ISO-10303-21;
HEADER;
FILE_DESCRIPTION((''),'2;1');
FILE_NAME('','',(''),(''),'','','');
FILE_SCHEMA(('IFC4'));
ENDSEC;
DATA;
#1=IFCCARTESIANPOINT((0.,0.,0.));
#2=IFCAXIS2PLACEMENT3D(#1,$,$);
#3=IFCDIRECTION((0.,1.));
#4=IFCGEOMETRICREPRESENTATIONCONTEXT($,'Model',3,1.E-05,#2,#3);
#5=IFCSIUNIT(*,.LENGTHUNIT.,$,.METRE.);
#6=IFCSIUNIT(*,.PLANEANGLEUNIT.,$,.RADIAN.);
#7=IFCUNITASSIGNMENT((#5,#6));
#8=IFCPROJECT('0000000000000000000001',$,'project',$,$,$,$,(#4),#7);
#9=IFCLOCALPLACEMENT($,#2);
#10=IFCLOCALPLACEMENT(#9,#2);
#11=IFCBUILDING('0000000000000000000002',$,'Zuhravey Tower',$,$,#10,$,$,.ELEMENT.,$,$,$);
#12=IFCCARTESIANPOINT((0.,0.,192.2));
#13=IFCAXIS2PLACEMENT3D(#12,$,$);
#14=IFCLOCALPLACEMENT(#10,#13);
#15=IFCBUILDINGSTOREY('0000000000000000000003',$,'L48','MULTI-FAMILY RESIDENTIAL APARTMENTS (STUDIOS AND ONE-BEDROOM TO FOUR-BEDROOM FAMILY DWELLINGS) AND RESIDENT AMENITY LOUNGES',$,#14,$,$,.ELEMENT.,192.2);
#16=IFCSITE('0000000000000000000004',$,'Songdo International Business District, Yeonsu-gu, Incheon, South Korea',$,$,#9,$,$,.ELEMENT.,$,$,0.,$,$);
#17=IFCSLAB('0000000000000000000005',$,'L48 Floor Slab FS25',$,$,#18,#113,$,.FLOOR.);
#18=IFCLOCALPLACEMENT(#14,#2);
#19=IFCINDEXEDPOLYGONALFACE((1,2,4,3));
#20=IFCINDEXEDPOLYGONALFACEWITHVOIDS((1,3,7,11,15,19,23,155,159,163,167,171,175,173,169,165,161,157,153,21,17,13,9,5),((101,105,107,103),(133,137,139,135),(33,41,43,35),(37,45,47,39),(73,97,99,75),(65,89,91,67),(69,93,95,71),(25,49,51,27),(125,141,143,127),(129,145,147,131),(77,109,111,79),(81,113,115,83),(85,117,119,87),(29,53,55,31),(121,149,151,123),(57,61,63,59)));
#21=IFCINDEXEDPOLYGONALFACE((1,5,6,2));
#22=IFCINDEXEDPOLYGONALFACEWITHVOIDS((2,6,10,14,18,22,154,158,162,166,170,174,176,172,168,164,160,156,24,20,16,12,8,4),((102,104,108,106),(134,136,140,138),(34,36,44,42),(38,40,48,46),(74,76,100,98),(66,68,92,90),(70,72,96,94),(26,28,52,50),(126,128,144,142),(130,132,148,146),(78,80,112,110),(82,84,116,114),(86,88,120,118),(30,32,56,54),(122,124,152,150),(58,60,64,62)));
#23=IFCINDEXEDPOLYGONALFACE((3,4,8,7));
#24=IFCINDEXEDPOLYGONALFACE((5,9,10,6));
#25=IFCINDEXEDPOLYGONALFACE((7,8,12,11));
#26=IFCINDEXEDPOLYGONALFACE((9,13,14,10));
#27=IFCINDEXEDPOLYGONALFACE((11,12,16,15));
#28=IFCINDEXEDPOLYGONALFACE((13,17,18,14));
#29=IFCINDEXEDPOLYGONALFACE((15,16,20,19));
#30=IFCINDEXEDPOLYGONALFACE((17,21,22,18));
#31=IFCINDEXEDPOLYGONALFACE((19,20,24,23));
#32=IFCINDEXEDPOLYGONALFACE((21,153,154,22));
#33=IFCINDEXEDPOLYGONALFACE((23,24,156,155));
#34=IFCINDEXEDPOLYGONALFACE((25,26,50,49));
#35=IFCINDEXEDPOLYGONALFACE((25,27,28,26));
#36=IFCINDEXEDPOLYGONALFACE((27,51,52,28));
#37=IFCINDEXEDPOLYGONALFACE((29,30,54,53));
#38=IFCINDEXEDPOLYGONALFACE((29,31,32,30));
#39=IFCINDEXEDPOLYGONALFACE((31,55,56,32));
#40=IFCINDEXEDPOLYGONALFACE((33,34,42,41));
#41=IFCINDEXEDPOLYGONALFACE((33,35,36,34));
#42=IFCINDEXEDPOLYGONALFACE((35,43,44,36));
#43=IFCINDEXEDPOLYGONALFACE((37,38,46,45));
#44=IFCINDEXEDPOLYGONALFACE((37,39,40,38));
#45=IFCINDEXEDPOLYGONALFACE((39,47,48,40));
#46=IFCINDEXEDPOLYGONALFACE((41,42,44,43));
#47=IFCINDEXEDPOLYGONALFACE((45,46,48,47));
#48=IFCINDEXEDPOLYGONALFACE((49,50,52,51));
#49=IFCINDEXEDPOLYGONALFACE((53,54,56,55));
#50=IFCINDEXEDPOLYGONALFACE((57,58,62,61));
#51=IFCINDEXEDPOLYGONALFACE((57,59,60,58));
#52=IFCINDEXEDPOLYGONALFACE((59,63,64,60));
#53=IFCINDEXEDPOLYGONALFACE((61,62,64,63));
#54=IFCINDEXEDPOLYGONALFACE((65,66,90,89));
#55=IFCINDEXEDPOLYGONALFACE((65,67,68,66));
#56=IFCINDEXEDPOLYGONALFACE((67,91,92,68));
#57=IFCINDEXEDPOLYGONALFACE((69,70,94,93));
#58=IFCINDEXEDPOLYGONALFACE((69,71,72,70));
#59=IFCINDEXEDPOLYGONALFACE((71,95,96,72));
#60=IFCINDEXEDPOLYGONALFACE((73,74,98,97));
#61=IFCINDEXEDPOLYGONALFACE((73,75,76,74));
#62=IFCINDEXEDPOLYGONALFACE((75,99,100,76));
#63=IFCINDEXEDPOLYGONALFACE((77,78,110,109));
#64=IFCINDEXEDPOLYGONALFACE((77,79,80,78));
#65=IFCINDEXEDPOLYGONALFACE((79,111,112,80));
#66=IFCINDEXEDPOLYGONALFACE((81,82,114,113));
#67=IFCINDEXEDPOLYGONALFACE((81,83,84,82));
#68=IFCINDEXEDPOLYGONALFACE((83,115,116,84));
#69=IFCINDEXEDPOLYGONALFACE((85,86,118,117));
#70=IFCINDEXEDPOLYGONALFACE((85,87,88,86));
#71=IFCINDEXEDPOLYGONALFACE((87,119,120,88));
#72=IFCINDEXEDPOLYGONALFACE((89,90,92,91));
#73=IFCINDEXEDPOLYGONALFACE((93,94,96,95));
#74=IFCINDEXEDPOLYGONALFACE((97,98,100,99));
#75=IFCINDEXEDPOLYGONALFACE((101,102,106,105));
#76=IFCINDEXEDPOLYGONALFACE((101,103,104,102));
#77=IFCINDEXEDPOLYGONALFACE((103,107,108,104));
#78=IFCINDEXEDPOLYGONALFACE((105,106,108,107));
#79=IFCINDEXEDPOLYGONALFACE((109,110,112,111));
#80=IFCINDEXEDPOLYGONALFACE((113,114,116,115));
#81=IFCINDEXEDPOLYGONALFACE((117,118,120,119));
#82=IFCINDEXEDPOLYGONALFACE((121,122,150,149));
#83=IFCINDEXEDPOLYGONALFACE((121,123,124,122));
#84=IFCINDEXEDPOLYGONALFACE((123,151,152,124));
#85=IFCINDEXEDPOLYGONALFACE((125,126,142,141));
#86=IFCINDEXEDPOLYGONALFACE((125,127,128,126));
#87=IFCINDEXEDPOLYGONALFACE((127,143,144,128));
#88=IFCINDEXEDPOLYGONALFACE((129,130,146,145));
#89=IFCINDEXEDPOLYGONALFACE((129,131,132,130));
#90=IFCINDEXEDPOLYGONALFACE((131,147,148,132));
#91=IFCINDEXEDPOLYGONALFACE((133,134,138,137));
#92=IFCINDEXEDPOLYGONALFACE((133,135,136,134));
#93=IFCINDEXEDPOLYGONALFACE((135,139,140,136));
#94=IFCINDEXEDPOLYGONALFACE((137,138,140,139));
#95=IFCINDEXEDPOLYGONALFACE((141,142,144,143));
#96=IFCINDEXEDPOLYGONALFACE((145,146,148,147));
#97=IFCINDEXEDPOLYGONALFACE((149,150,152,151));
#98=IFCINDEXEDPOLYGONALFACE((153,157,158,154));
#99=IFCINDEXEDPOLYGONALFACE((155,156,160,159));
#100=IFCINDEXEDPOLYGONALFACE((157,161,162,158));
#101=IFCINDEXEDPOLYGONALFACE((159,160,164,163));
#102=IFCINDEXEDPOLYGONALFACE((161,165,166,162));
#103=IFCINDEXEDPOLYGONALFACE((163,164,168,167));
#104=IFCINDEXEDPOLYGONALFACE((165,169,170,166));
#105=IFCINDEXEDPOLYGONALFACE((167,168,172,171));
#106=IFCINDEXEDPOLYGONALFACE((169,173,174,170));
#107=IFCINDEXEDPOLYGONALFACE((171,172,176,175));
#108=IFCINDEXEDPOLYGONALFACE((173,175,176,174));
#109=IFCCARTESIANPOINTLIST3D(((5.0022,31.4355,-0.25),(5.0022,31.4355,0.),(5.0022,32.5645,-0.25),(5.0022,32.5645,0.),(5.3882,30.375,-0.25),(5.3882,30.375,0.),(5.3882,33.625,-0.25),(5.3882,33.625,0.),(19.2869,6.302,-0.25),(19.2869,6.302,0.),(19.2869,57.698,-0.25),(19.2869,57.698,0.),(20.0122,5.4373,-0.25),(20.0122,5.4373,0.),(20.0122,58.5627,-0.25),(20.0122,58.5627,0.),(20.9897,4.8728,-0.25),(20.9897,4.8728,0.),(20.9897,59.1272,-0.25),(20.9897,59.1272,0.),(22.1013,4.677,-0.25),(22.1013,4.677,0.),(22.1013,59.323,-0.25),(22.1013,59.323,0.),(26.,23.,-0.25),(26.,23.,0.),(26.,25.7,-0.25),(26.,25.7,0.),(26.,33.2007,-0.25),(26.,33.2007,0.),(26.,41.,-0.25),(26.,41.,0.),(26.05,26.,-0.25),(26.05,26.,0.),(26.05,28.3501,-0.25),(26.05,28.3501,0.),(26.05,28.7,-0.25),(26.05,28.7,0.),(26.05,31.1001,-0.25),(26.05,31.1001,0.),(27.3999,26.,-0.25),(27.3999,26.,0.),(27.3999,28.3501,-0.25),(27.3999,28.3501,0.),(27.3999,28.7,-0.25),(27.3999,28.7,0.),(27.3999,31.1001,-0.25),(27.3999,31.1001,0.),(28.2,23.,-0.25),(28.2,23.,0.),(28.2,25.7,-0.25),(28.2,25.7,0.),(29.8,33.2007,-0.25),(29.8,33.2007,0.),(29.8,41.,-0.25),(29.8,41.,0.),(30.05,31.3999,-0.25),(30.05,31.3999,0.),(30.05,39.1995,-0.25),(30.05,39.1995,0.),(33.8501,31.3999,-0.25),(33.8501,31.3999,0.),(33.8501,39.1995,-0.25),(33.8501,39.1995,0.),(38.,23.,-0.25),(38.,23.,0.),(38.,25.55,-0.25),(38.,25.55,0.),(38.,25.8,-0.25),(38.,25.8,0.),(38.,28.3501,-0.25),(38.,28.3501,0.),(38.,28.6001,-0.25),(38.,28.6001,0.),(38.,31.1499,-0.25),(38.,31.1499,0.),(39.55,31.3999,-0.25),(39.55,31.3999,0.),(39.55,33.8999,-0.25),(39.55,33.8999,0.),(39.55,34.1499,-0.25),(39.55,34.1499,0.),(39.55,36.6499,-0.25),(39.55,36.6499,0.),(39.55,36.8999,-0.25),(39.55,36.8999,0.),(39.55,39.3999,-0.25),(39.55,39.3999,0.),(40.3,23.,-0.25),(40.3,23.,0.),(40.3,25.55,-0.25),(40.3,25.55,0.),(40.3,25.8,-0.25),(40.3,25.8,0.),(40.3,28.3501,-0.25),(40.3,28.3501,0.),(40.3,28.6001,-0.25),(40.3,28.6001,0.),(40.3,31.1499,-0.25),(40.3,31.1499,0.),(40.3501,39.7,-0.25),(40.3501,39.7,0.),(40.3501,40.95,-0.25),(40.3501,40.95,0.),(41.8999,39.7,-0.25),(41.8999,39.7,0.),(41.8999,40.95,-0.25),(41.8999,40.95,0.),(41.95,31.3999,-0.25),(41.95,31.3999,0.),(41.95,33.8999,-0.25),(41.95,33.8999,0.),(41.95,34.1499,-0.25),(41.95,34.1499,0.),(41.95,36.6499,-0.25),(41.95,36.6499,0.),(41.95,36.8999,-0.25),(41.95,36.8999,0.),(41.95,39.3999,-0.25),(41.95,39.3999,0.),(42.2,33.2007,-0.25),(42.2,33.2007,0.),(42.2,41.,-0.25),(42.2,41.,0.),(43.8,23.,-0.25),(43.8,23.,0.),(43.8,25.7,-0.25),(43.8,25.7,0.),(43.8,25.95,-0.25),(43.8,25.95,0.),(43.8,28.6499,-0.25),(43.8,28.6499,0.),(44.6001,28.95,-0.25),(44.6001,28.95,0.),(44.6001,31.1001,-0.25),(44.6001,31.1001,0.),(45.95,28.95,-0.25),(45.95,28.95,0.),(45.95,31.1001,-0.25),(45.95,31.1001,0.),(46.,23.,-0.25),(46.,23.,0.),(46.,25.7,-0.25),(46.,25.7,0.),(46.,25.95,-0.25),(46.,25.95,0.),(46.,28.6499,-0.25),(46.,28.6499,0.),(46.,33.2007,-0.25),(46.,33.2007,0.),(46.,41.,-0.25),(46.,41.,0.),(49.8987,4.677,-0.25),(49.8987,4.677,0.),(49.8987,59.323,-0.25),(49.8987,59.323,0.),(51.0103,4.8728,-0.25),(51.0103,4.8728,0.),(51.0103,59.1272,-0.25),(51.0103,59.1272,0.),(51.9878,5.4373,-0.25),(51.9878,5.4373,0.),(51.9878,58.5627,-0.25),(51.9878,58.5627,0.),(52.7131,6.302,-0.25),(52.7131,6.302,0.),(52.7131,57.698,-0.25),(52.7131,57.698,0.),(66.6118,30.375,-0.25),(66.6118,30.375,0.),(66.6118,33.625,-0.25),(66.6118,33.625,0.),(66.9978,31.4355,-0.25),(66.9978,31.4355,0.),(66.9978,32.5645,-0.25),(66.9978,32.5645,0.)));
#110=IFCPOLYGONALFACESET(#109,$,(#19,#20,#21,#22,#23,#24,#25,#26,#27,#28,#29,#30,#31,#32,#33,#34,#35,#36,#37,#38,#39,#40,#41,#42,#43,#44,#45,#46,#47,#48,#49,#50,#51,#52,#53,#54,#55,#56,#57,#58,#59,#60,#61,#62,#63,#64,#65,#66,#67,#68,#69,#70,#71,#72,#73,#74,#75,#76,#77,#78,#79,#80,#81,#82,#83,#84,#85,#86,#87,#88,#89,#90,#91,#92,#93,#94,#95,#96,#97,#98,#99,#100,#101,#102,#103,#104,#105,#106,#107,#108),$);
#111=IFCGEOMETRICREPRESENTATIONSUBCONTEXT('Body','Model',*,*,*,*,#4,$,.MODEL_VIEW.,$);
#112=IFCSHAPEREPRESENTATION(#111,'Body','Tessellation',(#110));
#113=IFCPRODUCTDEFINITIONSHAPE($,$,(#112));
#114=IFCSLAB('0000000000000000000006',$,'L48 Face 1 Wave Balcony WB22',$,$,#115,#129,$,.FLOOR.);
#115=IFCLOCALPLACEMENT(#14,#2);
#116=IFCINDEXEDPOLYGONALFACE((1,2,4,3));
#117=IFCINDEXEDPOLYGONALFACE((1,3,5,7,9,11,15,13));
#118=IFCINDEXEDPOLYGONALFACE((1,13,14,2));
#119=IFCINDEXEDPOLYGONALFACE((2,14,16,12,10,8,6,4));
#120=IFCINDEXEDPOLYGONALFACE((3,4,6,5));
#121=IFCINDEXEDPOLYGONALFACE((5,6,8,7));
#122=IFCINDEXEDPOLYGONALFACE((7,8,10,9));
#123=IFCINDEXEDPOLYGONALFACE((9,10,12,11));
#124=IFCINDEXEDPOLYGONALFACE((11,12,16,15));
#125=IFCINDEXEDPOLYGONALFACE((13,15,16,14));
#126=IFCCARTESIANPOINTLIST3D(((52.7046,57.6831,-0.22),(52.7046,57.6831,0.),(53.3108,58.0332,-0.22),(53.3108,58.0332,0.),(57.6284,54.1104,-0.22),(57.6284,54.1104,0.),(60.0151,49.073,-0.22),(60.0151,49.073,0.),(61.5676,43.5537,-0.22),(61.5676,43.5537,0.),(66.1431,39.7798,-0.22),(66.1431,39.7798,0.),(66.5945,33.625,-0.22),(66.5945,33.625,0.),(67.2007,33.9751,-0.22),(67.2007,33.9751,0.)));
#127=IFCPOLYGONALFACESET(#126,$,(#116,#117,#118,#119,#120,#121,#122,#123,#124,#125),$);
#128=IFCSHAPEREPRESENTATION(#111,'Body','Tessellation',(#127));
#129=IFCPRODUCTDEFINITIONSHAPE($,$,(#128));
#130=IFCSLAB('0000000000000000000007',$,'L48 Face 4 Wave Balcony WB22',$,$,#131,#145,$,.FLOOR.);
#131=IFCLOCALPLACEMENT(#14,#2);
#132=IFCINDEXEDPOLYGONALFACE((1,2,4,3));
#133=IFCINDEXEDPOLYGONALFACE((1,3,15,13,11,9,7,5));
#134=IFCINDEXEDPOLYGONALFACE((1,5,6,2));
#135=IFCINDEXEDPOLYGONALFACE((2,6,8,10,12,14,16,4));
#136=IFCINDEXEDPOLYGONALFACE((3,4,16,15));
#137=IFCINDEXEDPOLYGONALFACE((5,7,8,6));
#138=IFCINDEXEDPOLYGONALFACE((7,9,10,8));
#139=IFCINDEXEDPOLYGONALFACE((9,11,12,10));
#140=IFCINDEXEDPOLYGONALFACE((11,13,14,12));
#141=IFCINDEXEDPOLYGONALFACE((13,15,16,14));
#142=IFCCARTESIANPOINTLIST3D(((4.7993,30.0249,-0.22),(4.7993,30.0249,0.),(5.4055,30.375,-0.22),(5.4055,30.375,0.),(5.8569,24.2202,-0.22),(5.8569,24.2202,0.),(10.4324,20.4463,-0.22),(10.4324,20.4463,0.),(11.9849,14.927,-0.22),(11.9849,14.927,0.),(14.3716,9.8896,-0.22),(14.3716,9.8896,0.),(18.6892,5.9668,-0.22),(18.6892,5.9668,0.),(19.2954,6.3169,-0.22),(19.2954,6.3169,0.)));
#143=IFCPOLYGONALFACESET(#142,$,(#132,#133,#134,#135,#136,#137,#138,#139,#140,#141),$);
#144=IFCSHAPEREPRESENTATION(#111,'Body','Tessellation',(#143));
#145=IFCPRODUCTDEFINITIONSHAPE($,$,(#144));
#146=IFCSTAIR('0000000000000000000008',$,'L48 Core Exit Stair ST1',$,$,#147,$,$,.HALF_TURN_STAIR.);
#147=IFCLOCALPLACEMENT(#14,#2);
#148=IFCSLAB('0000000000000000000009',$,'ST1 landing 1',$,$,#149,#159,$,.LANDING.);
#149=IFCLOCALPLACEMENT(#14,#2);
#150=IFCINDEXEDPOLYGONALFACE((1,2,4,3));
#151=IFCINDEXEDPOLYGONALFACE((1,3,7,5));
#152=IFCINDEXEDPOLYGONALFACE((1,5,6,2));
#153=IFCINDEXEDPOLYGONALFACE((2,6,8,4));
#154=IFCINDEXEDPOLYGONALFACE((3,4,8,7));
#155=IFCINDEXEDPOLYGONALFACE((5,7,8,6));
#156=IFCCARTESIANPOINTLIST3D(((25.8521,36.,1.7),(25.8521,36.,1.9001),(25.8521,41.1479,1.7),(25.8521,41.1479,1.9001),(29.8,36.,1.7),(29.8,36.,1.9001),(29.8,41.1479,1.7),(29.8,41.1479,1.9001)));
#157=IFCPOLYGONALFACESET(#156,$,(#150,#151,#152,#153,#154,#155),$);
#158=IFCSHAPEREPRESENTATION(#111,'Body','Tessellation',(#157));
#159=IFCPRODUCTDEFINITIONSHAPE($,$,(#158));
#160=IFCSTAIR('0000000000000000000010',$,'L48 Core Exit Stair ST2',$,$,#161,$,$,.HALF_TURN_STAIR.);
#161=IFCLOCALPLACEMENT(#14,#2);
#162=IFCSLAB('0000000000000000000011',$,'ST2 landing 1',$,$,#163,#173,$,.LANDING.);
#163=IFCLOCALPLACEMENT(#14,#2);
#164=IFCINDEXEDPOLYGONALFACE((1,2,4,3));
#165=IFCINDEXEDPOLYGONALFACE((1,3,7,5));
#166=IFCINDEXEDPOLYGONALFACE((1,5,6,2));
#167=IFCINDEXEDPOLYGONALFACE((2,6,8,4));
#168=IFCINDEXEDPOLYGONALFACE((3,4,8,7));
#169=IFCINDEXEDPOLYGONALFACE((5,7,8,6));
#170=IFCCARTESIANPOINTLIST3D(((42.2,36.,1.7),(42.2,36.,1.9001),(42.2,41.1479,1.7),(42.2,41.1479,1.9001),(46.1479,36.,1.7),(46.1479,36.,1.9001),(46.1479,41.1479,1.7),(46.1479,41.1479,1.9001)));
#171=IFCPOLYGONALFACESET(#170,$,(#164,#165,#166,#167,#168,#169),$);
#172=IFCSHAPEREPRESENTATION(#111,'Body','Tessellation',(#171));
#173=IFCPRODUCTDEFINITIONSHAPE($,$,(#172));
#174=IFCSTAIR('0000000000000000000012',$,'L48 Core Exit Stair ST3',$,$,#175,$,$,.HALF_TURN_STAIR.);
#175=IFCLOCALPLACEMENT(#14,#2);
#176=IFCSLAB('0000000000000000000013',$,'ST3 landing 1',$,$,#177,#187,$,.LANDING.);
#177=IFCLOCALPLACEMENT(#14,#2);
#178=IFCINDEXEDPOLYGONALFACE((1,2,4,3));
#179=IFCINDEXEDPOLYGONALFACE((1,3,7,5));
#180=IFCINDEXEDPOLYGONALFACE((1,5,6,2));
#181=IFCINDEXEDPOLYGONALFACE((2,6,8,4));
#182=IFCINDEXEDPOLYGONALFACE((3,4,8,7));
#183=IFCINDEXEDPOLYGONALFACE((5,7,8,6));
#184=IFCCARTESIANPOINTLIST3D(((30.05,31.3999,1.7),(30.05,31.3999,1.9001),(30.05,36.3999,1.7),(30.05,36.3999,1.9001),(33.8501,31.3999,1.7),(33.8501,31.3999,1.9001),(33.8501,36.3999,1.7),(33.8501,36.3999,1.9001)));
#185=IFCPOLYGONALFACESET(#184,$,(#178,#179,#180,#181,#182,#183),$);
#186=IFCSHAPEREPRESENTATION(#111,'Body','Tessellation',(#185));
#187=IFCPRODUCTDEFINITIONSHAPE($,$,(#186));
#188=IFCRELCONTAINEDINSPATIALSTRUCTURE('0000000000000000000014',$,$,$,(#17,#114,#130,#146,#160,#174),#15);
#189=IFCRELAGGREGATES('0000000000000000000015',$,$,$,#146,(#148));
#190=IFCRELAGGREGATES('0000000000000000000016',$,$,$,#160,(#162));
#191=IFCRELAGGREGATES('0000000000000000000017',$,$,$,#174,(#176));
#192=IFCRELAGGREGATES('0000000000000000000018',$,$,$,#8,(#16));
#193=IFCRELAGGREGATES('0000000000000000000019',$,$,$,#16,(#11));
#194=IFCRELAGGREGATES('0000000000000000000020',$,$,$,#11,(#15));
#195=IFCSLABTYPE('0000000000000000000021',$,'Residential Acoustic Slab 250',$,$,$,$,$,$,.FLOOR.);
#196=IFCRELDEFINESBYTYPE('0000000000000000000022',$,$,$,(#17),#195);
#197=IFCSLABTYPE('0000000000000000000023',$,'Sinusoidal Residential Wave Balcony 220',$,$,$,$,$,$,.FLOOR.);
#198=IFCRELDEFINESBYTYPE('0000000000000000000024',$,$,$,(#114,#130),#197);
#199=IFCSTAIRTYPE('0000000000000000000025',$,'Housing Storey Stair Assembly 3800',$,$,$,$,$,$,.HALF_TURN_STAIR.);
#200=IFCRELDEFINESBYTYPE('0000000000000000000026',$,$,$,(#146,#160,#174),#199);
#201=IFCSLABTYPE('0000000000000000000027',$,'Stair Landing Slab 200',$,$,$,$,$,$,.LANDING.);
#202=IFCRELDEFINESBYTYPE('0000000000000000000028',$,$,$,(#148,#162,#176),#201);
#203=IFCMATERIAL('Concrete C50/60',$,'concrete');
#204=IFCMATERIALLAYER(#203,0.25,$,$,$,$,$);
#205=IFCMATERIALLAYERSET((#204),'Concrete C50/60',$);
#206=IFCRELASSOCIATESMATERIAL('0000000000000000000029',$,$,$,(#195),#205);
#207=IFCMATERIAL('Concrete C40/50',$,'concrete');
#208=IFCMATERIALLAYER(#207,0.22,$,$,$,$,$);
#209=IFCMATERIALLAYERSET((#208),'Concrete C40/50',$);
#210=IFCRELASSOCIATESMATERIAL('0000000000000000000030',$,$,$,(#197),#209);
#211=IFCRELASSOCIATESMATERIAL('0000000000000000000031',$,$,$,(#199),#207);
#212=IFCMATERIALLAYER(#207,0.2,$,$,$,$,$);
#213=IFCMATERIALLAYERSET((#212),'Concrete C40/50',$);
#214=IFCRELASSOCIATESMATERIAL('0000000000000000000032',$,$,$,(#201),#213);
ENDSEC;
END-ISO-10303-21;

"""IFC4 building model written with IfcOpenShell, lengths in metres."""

from ifc_helpers import new_model, si_unit, direction, frame, origin, place, context, subcontext, project, spatial, polyline, outline, extrude, material, layer, layer_set, type_object, element, aggregate, save


model = new_model("IFC4")

# Units and contexts
model_context = context("Model", 3, precision=1e-05, world=origin(), true_north=direction((0.0, 1.0)))
body_context = subcontext(model_context, "Body", "Model", "MODEL_VIEW")
ifc_project = project(units=[si_unit("LENGTHUNIT", "METRE"), si_unit("PLANEANGLEUNIT", "RADIAN")], contexts=[model_context])

# Site, building, storey
site_placement = place(None, origin())
site = spatial("IfcSite", under=ifc_project, at=site_placement, Name="Songdo International Business District, Yeonsu-gu, Incheon, South Korea", CompositionType="ELEMENT", RefElevation=0.0)
building_placement = place(site_placement, origin())
building = spatial("IfcBuilding", under=site, at=building_placement, Name="Zuhravey Tower", CompositionType="ELEMENT")
storey_placement = place(building_placement, frame((0.0, 0.0, 192.2)))
storey = spatial("IfcBuildingStorey", under=building, at=storey_placement, Name="L48", Description="MULTI-FAMILY RESIDENTIAL APARTMENTS (STUDIOS AND ONE-BEDROOM TO FOUR-BEDROOM FAMILY DWELLINGS) AND RESIDENT AMENITY LOUNGES", CompositionType="ELEMENT", Elevation=192.2)

# Shared definitions
ifc_material_1 = material(Name="Concrete C50/60", Category="concrete")

# Slabs
ifc_layer_1 = layer(ifc_material_1, 0.25)
ifc_layer_set_1 = layer_set([ifc_layer_1], Name="Concrete C50/60")
slab_type_1 = type_object("IfcSlabType", Name="Residential Acoustic Slab 250", PredefinedType="FLOOR", material=ifc_layer_set_1)
slab_1_placement = place(storey_placement, frame((0.0, 0.0, -0.25)))
element("IfcSlab", 1, at=slab_1_placement, inside=storey, type_object=slab_type_1, Name="L48 Floor Slab FS25", PredefinedType="FLOOR", context=body_context, shape_type="SweptSolid", body=[
    extrude(outline(polyline([(66.6118, 30.375), (66.9978, 31.4355), (66.9978, 32.5645), (66.6118, 33.625), (52.7131, 57.698), (51.9878, 58.5627), (51.0103, 59.1272), (49.8987, 59.323), (22.1013, 59.323), (20.9897, 59.1272), (20.0122, 58.5627), (19.2869, 57.698), (5.3882, 33.625), (5.0022, 32.5645), (5.0022, 31.4355), (5.3882, 30.375), (19.2869, 6.302), (20.0122, 5.4373), (20.9897, 4.8728), (22.1013, 4.677), (49.8987, 4.677), (51.0103, 4.8728), (51.9878, 5.4373), (52.7131, 6.302), (66.6118, 30.375)]), holes=[polyline([(29.8, 33.2007), (29.8, 41.0), (26.0, 41.0), (26.0, 33.2007), (29.8, 33.2007)]), polyline([(46.0, 33.2007), (46.0, 41.0), (42.2, 41.0), (42.2, 33.2007), (46.0, 33.2007)]), polyline([(30.05, 39.1995), (30.05, 31.3999), (33.8501, 31.3999), (33.8501, 39.1995), (30.05, 39.1995)]), polyline([(38.0, 23.0), (40.3, 23.0), (40.3, 25.55), (38.0, 25.55), (38.0, 23.0)]), polyline([(38.0, 25.8), (40.3, 25.8), (40.3, 28.3501), (38.0, 28.3501), (38.0, 25.8)]), polyline([(38.0, 28.6001), (40.3, 28.6001), (40.3, 31.1499), (38.0, 31.1499), (38.0, 28.6001)]), polyline([(39.55, 31.3999), (41.95, 31.3999), (41.95, 33.8999), (39.55, 33.8999), (39.55, 31.3999)]), polyline([(39.55, 34.1499), (41.95, 34.1499), (41.95, 36.6499), (39.55, 36.6499), (39.55, 34.1499)]), polyline([(39.55, 36.8999), (41.95, 36.8999), (41.95, 39.3999), (39.55, 39.3999), (39.55, 36.8999)]), polyline([(26.0, 23.0), (28.2, 23.0), (28.2, 25.7), (26.0, 25.7), (26.0, 23.0)]), polyline([(43.8, 23.0), (46.0, 23.0), (46.0, 25.7), (43.8, 25.7), (43.8, 23.0)]), polyline([(43.8, 25.95), (46.0, 25.95), (46.0, 28.6499), (43.8, 28.6499), (43.8, 25.95)]), polyline([(26.05, 26.0), (27.3999, 26.0), (27.3999, 28.3501), (26.05, 28.3501), (26.05, 26.0)]), polyline([(26.05, 28.7), (27.3999, 28.7), (27.3999, 31.1001), (26.05, 31.1001), (26.05, 28.7)]), polyline([(44.6001, 28.95), (45.95, 28.95), (45.95, 31.1001), (44.6001, 31.1001), (44.6001, 28.95)]), polyline([(40.3501, 39.7), (41.8999, 39.7), (41.8999, 40.95), (40.3501, 40.95), (40.3501, 39.7)])]), origin(), (0.0, 0.0, 1.0), 0.25),
])
ifc_material_2 = material(Name="Concrete C40/50", Category="concrete")
ifc_layer_2 = layer(ifc_material_2, 0.22)
ifc_layer_set_2 = layer_set([ifc_layer_2], Name="Concrete C40/50")
slab_type_2 = type_object("IfcSlabType", Name="Sinusoidal Residential Wave Balcony 220", PredefinedType="FLOOR", material=ifc_layer_set_2)
slab_2_placement = place(storey_placement, frame((0.0, 0.0, -0.22)))
element("IfcSlab", 2, at=slab_2_placement, inside=storey, type_object=slab_type_2, Name="L48 Face 1 Wave Balcony WB22", PredefinedType="FLOOR", context=body_context, shape_type="SweptSolid", body=[
    extrude(outline(polyline([(66.5945, 33.625), (52.7046, 57.6831), (53.3108, 58.0332), (57.6284, 54.1104), (60.0151, 49.073), (61.5676, 43.5537), (66.1431, 39.7798), (67.2007, 33.9751), (66.5945, 33.625)])), origin(), (0.0, 0.0, 1.0), 0.22),
])
slab_3_placement = place(storey_placement, frame((0.0, 0.0, -0.22)))
element("IfcSlab", 3, at=slab_3_placement, inside=storey, type_object=slab_type_2, Name="L48 Face 4 Wave Balcony WB22", PredefinedType="FLOOR", context=body_context, shape_type="SweptSolid", body=[
    extrude(outline(polyline([(5.4055, 30.375), (19.2954, 6.3169), (18.6892, 5.9668), (14.3716, 9.8896), (11.9849, 14.927), (10.4324, 20.4463), (5.8569, 24.2202), (4.7993, 30.0249), (5.4055, 30.375)])), origin(), (0.0, 0.0, 1.0), 0.22),
])

# Stairs, slabs
stair_type = type_object("IfcStairType", Name="Housing Storey Stair Assembly 3800", PredefinedType="HALF_TURN_STAIR", material=ifc_material_2)
stair_1_placement = place(storey_placement, origin())
stair_1 = element("IfcStair", 4, at=stair_1_placement, inside=storey, type_object=stair_type, Name="L48 Core Exit Stair ST1", PredefinedType="HALF_TURN_STAIR")
ifc_layer_3 = layer(ifc_material_2, 0.2)
ifc_layer_set_3 = layer_set([ifc_layer_3], Name="Concrete C40/50")
slab_type_3 = type_object("IfcSlabType", Name="Stair Landing Slab 200", PredefinedType="LANDING", material=ifc_layer_set_3)
slab_4_placement = place(storey_placement, frame((0.0, 0.0, 1.7)))
slab_4 = element("IfcSlab", 5, at=slab_4_placement, type_object=slab_type_3, Name="ST1 landing 1", PredefinedType="LANDING", context=body_context, shape_type="SweptSolid", body=[
    extrude(outline(polyline([(29.8, 36.0), (29.8, 41.1479), (25.8521, 41.1479), (25.8521, 36.0), (29.8, 36.0)])), origin(), (0.0, 0.0, 1.0), 0.2002),
])
aggregate(stair_1, [slab_4])
stair_2_placement = place(storey_placement, origin())
stair_2 = element("IfcStair", 6, at=stair_2_placement, inside=storey, type_object=stair_type, Name="L48 Core Exit Stair ST2", PredefinedType="HALF_TURN_STAIR")
slab_5_placement = place(storey_placement, frame((0.0, 0.0, 1.7)))
slab_5 = element("IfcSlab", 7, at=slab_5_placement, type_object=slab_type_3, Name="ST2 landing 1", PredefinedType="LANDING", context=body_context, shape_type="SweptSolid", body=[
    extrude(outline(polyline([(46.1479, 36.0), (46.1479, 41.1479), (42.2, 41.1479), (42.2, 36.0), (46.1479, 36.0)])), origin(), (0.0, 0.0, 1.0), 0.2002),
])
aggregate(stair_2, [slab_5])
stair_3_placement = place(storey_placement, origin())
stair_3 = element("IfcStair", 8, at=stair_3_placement, inside=storey, type_object=stair_type, Name="L48 Core Exit Stair ST3", PredefinedType="HALF_TURN_STAIR")
slab_6_placement = place(storey_placement, frame((0.0, 0.0, 1.7)))
slab_6 = element("IfcSlab", 9, at=slab_6_placement, type_object=slab_type_3, Name="ST3 landing 1", PredefinedType="LANDING", context=body_context, shape_type="SweptSolid", body=[
    extrude(outline(polyline([(30.05, 36.3999), (30.05, 31.3999), (33.8501, 31.3999), (33.8501, 36.3999), (30.05, 36.3999)])), origin(), (0.0, 0.0, 1.0), 0.2002),
])
aggregate(stair_3, [slab_6])

save(model, "model.ifc")
